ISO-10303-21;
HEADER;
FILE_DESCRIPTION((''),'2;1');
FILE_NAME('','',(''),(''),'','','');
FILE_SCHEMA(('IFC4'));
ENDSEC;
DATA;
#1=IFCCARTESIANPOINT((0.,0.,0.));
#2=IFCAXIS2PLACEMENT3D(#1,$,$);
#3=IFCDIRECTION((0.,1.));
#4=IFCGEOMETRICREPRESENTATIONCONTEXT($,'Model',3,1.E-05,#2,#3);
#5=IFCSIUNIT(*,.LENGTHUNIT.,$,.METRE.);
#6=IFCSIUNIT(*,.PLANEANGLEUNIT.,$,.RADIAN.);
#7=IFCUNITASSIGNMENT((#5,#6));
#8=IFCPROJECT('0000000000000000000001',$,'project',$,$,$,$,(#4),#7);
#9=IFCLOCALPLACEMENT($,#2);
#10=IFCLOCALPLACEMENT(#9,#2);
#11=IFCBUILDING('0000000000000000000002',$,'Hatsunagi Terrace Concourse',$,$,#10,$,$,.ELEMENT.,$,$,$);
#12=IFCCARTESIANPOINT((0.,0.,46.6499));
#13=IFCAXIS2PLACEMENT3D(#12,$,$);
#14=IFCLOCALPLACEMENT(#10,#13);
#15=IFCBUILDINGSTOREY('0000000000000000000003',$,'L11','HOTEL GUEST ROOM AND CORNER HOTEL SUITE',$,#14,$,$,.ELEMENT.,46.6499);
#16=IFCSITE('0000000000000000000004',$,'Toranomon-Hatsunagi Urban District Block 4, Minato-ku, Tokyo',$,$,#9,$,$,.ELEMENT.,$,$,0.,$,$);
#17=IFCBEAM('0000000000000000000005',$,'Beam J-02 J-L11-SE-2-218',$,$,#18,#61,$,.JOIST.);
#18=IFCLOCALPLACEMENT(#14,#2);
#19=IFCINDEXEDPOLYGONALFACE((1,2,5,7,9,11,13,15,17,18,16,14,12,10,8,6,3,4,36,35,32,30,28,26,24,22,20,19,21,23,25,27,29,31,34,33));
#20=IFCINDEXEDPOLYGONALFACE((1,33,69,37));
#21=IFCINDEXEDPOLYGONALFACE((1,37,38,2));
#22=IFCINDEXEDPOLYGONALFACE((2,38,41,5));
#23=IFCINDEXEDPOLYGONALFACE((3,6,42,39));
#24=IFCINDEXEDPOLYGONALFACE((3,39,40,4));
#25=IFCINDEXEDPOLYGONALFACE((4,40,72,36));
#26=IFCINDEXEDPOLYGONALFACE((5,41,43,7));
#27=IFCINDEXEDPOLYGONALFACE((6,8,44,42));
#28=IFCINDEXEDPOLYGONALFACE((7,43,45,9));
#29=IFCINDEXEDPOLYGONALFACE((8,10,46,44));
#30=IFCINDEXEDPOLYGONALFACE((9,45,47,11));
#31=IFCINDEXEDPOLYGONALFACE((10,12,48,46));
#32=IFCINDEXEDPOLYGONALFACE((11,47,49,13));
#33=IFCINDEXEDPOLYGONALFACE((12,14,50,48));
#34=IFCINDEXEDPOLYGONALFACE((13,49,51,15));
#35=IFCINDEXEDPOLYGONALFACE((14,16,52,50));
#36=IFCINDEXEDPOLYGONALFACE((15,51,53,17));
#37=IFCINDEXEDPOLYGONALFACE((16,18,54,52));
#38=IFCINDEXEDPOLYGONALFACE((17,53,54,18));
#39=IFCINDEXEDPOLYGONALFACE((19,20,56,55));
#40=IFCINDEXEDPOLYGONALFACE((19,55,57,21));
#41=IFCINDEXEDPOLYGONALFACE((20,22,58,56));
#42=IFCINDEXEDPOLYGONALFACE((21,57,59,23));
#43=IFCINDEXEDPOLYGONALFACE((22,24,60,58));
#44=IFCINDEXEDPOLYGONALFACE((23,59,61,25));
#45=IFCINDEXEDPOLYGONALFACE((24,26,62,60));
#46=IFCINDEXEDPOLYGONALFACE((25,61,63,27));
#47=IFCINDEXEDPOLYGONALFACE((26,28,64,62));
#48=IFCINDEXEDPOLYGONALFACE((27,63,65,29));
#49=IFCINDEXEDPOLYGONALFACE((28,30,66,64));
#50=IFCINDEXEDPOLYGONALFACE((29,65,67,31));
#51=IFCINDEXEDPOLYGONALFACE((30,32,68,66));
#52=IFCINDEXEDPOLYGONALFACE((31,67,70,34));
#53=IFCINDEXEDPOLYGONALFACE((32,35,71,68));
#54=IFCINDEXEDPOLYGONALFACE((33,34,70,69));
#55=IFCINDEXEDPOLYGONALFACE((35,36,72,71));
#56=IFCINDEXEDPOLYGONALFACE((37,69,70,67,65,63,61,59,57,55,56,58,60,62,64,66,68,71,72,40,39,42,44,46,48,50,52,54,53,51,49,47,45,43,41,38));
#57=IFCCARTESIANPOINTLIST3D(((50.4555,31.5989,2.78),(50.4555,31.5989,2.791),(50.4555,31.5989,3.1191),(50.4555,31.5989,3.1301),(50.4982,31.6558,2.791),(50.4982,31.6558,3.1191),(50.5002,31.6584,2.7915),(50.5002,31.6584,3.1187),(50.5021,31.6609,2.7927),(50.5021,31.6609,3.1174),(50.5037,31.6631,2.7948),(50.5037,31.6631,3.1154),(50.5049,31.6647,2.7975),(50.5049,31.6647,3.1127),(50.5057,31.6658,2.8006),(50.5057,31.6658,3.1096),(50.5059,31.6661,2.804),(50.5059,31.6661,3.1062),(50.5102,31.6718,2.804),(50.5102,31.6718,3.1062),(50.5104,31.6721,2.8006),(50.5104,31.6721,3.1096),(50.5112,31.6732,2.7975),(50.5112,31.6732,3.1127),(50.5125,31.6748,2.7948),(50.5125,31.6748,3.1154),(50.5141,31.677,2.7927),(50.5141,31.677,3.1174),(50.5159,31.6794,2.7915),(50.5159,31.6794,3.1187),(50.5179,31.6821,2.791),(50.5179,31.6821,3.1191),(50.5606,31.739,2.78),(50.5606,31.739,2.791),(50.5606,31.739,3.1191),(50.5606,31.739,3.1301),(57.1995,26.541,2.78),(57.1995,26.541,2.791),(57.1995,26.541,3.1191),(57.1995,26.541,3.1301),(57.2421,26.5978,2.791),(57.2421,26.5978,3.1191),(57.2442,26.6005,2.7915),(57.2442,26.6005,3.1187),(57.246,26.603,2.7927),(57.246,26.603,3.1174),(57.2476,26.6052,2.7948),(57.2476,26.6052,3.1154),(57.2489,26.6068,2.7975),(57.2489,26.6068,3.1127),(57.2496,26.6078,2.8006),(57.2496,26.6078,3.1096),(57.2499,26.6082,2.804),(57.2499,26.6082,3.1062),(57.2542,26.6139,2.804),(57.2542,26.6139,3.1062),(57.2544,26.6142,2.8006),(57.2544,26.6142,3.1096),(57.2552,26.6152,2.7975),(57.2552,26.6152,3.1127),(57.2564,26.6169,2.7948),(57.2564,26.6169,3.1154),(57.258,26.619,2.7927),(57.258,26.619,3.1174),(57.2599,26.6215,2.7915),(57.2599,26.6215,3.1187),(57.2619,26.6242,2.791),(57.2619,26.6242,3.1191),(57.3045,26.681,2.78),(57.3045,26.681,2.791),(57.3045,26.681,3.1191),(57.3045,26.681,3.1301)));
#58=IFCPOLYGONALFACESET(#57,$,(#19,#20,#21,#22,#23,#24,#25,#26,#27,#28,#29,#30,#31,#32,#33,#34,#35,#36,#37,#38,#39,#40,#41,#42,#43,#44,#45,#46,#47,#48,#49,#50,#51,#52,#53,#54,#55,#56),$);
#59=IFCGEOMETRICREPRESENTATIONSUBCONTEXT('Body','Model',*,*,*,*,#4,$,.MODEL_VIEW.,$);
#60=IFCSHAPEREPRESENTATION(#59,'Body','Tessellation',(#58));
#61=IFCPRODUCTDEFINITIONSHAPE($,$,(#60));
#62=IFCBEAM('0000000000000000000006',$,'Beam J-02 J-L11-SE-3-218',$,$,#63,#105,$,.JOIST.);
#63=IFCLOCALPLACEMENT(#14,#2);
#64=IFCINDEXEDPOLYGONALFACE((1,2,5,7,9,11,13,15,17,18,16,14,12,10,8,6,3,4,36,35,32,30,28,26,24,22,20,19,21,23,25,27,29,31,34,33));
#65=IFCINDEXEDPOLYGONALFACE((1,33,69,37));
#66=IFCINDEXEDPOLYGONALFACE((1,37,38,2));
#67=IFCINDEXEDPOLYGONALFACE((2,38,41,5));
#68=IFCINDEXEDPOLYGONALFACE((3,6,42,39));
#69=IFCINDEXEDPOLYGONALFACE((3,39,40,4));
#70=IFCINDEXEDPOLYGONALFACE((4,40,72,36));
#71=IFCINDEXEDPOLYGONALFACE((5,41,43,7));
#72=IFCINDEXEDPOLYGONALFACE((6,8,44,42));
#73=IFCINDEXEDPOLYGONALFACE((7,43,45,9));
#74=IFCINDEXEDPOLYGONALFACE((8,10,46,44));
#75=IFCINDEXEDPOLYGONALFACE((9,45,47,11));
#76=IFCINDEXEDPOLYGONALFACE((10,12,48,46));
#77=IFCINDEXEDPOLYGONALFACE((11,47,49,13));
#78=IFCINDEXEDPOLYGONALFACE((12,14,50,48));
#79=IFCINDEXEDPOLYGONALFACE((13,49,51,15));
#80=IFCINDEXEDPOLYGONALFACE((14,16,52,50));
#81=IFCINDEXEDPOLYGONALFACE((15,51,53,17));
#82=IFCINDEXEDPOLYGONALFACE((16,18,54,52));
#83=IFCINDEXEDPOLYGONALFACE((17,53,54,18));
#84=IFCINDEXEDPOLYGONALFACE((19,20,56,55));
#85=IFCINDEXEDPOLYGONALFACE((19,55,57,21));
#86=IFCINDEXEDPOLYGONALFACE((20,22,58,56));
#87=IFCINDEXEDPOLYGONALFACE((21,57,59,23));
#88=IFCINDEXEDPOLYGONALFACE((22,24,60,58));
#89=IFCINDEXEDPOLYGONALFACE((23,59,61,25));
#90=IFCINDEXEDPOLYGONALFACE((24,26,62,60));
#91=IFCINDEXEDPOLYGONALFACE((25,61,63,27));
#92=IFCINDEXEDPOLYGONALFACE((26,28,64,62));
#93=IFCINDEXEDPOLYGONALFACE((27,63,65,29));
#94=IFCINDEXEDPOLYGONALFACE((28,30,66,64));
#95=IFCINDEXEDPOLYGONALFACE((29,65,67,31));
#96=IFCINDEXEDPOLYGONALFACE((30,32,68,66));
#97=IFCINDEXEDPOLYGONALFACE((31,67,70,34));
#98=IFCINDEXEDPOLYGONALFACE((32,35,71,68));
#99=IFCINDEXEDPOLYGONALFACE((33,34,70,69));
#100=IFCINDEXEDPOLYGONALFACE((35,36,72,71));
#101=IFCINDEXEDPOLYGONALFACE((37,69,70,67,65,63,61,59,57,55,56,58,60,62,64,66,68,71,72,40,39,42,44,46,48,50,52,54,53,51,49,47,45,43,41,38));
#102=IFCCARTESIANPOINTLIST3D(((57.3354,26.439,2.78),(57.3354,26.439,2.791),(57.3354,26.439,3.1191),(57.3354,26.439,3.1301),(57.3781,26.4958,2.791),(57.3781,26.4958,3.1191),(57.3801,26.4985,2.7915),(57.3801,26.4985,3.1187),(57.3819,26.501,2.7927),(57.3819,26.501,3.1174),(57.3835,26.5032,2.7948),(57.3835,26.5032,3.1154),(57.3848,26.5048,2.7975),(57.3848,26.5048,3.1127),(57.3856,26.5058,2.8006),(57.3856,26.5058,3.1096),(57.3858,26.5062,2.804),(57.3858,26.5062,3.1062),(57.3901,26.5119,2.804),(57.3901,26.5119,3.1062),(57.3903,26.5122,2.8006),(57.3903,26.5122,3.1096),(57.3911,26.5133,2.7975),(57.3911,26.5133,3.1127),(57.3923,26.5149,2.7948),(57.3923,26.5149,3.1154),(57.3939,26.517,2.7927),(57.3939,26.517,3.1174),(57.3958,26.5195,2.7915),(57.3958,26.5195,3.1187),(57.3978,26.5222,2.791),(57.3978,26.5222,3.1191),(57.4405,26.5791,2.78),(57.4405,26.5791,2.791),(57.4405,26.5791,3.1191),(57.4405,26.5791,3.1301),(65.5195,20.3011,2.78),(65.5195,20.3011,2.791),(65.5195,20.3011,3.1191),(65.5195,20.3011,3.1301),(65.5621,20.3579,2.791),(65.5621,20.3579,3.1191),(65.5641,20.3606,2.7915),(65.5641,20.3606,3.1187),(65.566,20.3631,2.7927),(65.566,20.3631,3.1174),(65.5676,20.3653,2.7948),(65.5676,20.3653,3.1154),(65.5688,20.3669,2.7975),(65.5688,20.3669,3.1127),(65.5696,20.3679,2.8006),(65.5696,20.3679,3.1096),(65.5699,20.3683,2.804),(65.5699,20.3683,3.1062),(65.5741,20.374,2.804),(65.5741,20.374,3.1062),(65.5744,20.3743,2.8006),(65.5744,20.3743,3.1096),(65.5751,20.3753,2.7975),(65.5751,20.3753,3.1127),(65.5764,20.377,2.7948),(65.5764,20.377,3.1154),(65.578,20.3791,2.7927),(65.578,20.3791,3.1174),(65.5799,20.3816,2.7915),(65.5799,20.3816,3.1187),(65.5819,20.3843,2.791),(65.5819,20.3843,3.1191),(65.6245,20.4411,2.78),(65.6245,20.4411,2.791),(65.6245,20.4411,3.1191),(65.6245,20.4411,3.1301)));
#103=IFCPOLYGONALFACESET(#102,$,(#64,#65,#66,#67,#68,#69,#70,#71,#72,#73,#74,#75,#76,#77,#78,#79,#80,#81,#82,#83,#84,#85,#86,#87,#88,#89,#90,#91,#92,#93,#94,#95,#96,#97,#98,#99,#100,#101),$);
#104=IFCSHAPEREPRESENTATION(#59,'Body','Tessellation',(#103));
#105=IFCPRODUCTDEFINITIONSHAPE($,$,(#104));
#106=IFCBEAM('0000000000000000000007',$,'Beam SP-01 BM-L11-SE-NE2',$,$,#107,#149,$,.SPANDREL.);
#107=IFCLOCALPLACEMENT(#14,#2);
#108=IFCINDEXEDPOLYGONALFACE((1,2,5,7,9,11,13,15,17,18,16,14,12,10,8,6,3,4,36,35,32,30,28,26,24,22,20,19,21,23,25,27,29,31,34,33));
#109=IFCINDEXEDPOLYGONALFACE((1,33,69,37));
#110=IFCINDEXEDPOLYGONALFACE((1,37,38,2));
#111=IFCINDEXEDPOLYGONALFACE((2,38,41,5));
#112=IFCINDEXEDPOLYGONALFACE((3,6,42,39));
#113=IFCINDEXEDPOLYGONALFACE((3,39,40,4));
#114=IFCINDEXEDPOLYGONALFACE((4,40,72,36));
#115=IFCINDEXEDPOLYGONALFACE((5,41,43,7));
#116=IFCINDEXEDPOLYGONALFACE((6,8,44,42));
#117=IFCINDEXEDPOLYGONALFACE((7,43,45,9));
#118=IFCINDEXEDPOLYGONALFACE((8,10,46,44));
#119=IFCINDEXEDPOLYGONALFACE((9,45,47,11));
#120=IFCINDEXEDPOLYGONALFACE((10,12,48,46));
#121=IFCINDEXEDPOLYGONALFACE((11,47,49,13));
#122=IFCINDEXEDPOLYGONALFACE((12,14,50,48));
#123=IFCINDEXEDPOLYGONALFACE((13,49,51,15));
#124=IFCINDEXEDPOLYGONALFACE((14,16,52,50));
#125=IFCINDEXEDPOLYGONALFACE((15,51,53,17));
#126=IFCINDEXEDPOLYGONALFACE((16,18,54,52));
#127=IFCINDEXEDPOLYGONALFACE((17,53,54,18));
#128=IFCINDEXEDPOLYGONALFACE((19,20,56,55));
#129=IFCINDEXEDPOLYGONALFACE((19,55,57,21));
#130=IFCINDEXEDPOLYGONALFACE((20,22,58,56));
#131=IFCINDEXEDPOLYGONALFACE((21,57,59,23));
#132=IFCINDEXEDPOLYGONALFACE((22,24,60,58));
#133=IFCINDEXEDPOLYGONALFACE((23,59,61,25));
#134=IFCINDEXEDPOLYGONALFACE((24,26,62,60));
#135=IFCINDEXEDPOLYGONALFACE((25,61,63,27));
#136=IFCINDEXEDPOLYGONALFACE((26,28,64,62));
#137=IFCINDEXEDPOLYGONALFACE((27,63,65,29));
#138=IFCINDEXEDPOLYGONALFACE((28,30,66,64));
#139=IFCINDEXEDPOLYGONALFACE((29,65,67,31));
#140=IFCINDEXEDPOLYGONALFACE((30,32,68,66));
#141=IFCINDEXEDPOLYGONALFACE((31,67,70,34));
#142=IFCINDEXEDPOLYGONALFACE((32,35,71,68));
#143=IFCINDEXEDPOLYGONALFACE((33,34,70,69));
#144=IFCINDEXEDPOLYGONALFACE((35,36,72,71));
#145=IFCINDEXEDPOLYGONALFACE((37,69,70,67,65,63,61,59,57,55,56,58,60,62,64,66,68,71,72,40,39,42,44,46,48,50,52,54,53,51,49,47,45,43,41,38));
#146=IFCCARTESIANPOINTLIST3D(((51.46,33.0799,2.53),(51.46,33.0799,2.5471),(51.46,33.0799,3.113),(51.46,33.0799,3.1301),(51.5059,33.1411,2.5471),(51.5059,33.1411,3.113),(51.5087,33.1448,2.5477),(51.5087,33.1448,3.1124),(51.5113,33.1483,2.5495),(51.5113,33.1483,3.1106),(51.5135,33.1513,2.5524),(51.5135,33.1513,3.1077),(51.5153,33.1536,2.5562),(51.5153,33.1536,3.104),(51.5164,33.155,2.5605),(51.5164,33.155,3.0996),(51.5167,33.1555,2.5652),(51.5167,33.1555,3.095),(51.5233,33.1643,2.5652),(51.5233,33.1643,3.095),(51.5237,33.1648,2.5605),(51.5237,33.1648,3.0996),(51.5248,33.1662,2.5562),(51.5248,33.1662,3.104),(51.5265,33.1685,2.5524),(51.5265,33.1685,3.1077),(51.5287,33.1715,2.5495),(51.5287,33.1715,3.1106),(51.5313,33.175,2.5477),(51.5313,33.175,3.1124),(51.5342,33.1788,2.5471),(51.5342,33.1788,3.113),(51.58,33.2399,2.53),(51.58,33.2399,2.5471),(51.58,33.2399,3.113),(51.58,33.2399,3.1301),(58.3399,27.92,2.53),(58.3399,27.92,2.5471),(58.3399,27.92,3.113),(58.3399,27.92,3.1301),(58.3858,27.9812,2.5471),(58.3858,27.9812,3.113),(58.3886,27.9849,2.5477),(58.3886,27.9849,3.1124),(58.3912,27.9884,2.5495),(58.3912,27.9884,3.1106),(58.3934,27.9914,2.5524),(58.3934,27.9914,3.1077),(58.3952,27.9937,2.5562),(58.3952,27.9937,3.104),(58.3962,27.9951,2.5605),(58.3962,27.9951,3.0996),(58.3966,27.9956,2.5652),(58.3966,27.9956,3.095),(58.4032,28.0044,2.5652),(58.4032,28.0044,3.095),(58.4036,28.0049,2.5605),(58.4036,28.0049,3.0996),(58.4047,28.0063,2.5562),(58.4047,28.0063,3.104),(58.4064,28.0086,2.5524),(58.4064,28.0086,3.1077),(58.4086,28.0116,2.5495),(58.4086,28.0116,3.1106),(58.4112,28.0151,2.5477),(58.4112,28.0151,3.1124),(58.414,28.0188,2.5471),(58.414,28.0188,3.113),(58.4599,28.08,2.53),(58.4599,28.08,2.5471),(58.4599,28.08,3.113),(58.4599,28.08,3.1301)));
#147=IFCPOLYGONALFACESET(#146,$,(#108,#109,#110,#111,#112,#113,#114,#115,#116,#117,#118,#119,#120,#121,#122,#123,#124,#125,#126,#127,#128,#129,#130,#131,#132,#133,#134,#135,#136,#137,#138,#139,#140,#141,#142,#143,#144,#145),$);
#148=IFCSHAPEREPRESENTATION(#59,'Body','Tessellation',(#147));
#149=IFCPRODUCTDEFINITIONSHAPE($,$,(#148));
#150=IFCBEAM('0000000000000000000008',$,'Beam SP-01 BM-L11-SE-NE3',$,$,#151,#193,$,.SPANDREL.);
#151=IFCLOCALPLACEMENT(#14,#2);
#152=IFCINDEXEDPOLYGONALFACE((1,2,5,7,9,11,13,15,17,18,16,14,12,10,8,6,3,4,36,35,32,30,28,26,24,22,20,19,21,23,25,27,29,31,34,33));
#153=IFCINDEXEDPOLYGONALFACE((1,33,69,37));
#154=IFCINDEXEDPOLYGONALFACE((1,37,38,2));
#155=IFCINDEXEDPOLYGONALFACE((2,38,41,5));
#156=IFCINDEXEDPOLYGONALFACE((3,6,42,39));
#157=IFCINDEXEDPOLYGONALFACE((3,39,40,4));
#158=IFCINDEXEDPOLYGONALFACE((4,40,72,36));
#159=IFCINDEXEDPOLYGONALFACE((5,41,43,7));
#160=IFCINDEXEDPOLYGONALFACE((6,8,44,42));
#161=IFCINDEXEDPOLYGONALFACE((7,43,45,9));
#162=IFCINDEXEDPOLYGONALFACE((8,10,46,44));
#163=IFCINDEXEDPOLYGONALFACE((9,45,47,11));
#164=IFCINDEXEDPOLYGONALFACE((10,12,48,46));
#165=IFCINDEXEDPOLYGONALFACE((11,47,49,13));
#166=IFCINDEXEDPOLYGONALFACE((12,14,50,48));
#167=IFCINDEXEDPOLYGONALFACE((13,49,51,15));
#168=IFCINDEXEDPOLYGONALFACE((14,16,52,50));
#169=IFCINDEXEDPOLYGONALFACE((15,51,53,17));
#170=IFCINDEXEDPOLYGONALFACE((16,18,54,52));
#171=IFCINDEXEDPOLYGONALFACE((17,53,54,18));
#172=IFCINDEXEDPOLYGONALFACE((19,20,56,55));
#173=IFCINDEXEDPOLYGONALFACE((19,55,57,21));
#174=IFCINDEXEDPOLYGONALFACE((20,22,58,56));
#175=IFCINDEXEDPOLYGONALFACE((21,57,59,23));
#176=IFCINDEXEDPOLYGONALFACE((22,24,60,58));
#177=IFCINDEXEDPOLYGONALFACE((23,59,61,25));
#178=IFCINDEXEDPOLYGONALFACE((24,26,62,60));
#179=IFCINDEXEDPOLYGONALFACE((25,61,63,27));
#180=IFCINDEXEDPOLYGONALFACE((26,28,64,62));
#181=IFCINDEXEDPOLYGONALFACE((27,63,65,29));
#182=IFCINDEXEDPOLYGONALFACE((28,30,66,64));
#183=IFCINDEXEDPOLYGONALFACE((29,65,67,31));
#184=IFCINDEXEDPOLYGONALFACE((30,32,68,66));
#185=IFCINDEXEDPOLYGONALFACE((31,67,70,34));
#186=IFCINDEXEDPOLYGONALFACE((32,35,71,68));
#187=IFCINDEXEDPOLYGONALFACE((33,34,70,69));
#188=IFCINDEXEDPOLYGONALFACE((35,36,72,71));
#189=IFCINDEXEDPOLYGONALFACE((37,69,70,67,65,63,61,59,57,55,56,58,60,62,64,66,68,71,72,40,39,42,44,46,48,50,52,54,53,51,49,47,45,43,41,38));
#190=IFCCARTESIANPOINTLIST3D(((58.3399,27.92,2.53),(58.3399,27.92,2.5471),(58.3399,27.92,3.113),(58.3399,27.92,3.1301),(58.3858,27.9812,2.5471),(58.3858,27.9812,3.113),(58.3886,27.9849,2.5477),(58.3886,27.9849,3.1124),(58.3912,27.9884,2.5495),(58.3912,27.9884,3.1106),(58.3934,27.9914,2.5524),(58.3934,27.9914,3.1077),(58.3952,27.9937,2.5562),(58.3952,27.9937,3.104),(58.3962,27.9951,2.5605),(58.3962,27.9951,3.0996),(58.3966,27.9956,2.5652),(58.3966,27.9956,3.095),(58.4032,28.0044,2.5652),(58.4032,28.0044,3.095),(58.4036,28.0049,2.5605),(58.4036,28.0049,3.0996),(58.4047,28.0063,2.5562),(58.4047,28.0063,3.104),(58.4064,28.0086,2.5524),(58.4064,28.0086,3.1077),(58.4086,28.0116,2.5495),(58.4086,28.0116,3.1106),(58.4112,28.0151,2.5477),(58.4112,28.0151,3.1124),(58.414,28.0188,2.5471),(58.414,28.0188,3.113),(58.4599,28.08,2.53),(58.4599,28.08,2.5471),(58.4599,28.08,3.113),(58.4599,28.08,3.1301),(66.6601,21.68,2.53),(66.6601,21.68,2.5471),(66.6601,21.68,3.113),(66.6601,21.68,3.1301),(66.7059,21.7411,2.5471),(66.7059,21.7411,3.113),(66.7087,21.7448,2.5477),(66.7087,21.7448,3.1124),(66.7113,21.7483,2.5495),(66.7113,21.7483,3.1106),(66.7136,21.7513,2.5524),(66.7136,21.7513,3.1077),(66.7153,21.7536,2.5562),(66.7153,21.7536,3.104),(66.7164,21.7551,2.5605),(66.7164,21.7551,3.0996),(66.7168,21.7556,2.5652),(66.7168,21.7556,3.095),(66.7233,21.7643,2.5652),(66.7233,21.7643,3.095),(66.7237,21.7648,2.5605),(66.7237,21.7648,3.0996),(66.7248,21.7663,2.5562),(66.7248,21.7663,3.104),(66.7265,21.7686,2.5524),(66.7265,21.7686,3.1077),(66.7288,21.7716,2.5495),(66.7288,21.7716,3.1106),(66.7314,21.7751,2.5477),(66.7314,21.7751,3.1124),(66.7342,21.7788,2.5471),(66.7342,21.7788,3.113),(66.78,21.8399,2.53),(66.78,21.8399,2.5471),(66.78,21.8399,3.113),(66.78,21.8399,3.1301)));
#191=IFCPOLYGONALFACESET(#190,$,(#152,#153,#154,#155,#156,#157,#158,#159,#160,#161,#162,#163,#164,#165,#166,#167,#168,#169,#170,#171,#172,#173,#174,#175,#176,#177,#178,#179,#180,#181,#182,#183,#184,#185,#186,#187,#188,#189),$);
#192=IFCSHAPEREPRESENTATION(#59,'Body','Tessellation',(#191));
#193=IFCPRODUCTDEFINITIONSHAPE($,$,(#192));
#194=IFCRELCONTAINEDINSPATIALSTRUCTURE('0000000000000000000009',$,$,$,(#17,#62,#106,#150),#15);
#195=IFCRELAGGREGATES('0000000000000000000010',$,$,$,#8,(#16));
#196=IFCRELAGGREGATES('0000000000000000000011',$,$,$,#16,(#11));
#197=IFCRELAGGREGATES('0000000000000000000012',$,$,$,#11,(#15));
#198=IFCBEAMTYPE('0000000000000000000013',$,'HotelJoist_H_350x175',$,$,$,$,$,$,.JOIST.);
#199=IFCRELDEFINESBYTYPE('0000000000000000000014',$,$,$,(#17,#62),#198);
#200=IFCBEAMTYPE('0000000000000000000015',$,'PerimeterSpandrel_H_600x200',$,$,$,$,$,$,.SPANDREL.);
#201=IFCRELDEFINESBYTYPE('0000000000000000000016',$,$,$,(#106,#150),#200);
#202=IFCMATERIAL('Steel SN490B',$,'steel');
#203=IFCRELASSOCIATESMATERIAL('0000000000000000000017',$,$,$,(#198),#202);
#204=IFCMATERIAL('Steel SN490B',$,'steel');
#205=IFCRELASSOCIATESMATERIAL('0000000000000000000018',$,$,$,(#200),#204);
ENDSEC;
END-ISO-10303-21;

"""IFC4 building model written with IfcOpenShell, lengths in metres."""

from ifc_helpers import new_model, si_unit, direction, frame, origin, origin_2d, place, context, subcontext, project, spatial, i_section, extrude, material, material_profile, profile_set, type_object, element, save


model = new_model("IFC4")

# Units and contexts
model_context = context("Model", 3, precision=1e-05, world=origin(), true_north=direction((0.0, 1.0)))
body_context = subcontext(model_context, "Body", "Model", "MODEL_VIEW")
ifc_project = project(units=[si_unit("LENGTHUNIT", "METRE"), si_unit("PLANEANGLEUNIT", "RADIAN")], contexts=[model_context])

# Site, building, storey
site_placement = place(None, origin())
site = spatial("IfcSite", under=ifc_project, at=site_placement, Name="Toranomon-Hatsunagi Urban District Block 4, Minato-ku, Tokyo", CompositionType="ELEMENT", RefElevation=0.0)
building_placement = place(site_placement, origin())
building = spatial("IfcBuilding", under=site, at=building_placement, Name="Hatsunagi Terrace Concourse", CompositionType="ELEMENT")
storey_placement = place(building_placement, frame((0.0, 0.0, 46.6499)))
storey = spatial("IfcBuildingStorey", under=building, at=storey_placement, Name="L11", Description="HOTEL GUEST ROOM AND CORNER HOTEL SUITE", CompositionType="ELEMENT", Elevation=46.6499)

# Beams
ifc_material_1 = material(Name="Steel SN490B", Category="steel")
ifc_material_profile_1 = material_profile(ifc_material_1, i_section(OverallWidth=0.175, OverallDepth=0.3501, WebThickness=0.0071, FlangeThickness=0.011, FilletRadius=0.0129, at=origin_2d()), Name="H-350x175x7x11")
ifc_profile_set_1 = profile_set([ifc_material_profile_1], Name="Steel SN490B")
beam_type_1 = type_object("IfcBeamType", Name="HotelJoist_H_350x175", PredefinedType="JOIST", material=ifc_profile_set_1)
for number, where, z_axis, x_axis, name in (
    (1, (50.5081, 31.6689, 2.9551), (0.800003, -0.599995, 0.0), (0.599995, 0.800003, 0.0), "Beam J-02 J-L11-SE-2-218"),
):
    element("IfcBeam", number, at=place(storey_placement, frame(where, z_axis=z_axis, x_axis=x_axis)), inside=storey, type_object=beam_type_1, Name=name, PredefinedType="JOIST", context=body_context, shape_type="SweptSolid", body=[
        extrude(i_section(OverallWidth=0.175, OverallDepth=0.3501, WebThickness=0.0071, FlangeThickness=0.011, FilletRadius=0.0129, at=origin_2d()), origin(), (0.0, 0.0, 1.0), 8.4299),
    ])
beam_1_placement = place(storey_placement, frame((57.3879, 26.509, 2.9551), z_axis=(0.800006, -0.599992, 0.0), x_axis=(0.599992, 0.800006, 0.0)))
element("IfcBeam", 2, at=beam_1_placement, inside=storey, type_object=beam_type_1, Name="Beam J-02 J-L11-SE-3-218", PredefinedType="JOIST", context=body_context, shape_type="SweptSolid", body=[
    extrude(i_section(OverallWidth=0.175, OverallDepth=0.3501, WebThickness=0.0071, FlangeThickness=0.011, FilletRadius=0.0129, at=origin_2d()), origin(), (0.0, 0.0, 1.0), 10.23),
])
ifc_material_2 = material(Name="Steel SN490B", Category="steel")
ifc_material_profile_2 = material_profile(ifc_material_2, i_section(OverallWidth=0.2, OverallDepth=0.6001, WebThickness=0.011, FlangeThickness=0.0171, FilletRadius=0.0181, at=origin_2d()), Name="H-600x200x11x17")
ifc_profile_set_2 = profile_set([ifc_material_profile_2], Name="Steel SN490B")
beam_type_2 = type_object("IfcBeamType", Name="PerimeterSpandrel_H_600x200", PredefinedType="SPANDREL", material=ifc_profile_set_2)
beam_2_placement = place(storey_placement, frame((51.52, 33.1599, 2.8301), z_axis=(0.8, -0.6, 0.0), x_axis=(0.6, 0.8, 0.0)))
element("IfcBeam", 3, at=beam_2_placement, inside=storey, type_object=beam_type_2, Name="Beam SP-01 BM-L11-SE-NE2", PredefinedType="SPANDREL", context=body_context, shape_type="SweptSolid", body=[
    extrude(i_section(OverallWidth=0.2, OverallDepth=0.6001, WebThickness=0.011, FlangeThickness=0.0171, FilletRadius=0.0181, at=origin_2d()), origin(), (0.0, 0.0, 1.0), 8.5999),
])
beam_3_placement = place(storey_placement, frame((58.3999, 28.0, 2.8301), z_axis=(0.800003, -0.599996, 0.0), x_axis=(0.599996, 0.800003, 0.0)))
element("IfcBeam", 4, at=beam_3_placement, inside=storey, type_object=beam_type_2, Name="Beam SP-01 BM-L11-SE-NE3", PredefinedType="SPANDREL", context=body_context, shape_type="SweptSolid", body=[
    extrude(i_section(OverallWidth=0.2, OverallDepth=0.6001, WebThickness=0.011, FlangeThickness=0.0171, FilletRadius=0.0181, at=origin_2d()), origin(), (0.0, 0.0, 1.0), 10.4001),
])

save(model, "model.ifc")
